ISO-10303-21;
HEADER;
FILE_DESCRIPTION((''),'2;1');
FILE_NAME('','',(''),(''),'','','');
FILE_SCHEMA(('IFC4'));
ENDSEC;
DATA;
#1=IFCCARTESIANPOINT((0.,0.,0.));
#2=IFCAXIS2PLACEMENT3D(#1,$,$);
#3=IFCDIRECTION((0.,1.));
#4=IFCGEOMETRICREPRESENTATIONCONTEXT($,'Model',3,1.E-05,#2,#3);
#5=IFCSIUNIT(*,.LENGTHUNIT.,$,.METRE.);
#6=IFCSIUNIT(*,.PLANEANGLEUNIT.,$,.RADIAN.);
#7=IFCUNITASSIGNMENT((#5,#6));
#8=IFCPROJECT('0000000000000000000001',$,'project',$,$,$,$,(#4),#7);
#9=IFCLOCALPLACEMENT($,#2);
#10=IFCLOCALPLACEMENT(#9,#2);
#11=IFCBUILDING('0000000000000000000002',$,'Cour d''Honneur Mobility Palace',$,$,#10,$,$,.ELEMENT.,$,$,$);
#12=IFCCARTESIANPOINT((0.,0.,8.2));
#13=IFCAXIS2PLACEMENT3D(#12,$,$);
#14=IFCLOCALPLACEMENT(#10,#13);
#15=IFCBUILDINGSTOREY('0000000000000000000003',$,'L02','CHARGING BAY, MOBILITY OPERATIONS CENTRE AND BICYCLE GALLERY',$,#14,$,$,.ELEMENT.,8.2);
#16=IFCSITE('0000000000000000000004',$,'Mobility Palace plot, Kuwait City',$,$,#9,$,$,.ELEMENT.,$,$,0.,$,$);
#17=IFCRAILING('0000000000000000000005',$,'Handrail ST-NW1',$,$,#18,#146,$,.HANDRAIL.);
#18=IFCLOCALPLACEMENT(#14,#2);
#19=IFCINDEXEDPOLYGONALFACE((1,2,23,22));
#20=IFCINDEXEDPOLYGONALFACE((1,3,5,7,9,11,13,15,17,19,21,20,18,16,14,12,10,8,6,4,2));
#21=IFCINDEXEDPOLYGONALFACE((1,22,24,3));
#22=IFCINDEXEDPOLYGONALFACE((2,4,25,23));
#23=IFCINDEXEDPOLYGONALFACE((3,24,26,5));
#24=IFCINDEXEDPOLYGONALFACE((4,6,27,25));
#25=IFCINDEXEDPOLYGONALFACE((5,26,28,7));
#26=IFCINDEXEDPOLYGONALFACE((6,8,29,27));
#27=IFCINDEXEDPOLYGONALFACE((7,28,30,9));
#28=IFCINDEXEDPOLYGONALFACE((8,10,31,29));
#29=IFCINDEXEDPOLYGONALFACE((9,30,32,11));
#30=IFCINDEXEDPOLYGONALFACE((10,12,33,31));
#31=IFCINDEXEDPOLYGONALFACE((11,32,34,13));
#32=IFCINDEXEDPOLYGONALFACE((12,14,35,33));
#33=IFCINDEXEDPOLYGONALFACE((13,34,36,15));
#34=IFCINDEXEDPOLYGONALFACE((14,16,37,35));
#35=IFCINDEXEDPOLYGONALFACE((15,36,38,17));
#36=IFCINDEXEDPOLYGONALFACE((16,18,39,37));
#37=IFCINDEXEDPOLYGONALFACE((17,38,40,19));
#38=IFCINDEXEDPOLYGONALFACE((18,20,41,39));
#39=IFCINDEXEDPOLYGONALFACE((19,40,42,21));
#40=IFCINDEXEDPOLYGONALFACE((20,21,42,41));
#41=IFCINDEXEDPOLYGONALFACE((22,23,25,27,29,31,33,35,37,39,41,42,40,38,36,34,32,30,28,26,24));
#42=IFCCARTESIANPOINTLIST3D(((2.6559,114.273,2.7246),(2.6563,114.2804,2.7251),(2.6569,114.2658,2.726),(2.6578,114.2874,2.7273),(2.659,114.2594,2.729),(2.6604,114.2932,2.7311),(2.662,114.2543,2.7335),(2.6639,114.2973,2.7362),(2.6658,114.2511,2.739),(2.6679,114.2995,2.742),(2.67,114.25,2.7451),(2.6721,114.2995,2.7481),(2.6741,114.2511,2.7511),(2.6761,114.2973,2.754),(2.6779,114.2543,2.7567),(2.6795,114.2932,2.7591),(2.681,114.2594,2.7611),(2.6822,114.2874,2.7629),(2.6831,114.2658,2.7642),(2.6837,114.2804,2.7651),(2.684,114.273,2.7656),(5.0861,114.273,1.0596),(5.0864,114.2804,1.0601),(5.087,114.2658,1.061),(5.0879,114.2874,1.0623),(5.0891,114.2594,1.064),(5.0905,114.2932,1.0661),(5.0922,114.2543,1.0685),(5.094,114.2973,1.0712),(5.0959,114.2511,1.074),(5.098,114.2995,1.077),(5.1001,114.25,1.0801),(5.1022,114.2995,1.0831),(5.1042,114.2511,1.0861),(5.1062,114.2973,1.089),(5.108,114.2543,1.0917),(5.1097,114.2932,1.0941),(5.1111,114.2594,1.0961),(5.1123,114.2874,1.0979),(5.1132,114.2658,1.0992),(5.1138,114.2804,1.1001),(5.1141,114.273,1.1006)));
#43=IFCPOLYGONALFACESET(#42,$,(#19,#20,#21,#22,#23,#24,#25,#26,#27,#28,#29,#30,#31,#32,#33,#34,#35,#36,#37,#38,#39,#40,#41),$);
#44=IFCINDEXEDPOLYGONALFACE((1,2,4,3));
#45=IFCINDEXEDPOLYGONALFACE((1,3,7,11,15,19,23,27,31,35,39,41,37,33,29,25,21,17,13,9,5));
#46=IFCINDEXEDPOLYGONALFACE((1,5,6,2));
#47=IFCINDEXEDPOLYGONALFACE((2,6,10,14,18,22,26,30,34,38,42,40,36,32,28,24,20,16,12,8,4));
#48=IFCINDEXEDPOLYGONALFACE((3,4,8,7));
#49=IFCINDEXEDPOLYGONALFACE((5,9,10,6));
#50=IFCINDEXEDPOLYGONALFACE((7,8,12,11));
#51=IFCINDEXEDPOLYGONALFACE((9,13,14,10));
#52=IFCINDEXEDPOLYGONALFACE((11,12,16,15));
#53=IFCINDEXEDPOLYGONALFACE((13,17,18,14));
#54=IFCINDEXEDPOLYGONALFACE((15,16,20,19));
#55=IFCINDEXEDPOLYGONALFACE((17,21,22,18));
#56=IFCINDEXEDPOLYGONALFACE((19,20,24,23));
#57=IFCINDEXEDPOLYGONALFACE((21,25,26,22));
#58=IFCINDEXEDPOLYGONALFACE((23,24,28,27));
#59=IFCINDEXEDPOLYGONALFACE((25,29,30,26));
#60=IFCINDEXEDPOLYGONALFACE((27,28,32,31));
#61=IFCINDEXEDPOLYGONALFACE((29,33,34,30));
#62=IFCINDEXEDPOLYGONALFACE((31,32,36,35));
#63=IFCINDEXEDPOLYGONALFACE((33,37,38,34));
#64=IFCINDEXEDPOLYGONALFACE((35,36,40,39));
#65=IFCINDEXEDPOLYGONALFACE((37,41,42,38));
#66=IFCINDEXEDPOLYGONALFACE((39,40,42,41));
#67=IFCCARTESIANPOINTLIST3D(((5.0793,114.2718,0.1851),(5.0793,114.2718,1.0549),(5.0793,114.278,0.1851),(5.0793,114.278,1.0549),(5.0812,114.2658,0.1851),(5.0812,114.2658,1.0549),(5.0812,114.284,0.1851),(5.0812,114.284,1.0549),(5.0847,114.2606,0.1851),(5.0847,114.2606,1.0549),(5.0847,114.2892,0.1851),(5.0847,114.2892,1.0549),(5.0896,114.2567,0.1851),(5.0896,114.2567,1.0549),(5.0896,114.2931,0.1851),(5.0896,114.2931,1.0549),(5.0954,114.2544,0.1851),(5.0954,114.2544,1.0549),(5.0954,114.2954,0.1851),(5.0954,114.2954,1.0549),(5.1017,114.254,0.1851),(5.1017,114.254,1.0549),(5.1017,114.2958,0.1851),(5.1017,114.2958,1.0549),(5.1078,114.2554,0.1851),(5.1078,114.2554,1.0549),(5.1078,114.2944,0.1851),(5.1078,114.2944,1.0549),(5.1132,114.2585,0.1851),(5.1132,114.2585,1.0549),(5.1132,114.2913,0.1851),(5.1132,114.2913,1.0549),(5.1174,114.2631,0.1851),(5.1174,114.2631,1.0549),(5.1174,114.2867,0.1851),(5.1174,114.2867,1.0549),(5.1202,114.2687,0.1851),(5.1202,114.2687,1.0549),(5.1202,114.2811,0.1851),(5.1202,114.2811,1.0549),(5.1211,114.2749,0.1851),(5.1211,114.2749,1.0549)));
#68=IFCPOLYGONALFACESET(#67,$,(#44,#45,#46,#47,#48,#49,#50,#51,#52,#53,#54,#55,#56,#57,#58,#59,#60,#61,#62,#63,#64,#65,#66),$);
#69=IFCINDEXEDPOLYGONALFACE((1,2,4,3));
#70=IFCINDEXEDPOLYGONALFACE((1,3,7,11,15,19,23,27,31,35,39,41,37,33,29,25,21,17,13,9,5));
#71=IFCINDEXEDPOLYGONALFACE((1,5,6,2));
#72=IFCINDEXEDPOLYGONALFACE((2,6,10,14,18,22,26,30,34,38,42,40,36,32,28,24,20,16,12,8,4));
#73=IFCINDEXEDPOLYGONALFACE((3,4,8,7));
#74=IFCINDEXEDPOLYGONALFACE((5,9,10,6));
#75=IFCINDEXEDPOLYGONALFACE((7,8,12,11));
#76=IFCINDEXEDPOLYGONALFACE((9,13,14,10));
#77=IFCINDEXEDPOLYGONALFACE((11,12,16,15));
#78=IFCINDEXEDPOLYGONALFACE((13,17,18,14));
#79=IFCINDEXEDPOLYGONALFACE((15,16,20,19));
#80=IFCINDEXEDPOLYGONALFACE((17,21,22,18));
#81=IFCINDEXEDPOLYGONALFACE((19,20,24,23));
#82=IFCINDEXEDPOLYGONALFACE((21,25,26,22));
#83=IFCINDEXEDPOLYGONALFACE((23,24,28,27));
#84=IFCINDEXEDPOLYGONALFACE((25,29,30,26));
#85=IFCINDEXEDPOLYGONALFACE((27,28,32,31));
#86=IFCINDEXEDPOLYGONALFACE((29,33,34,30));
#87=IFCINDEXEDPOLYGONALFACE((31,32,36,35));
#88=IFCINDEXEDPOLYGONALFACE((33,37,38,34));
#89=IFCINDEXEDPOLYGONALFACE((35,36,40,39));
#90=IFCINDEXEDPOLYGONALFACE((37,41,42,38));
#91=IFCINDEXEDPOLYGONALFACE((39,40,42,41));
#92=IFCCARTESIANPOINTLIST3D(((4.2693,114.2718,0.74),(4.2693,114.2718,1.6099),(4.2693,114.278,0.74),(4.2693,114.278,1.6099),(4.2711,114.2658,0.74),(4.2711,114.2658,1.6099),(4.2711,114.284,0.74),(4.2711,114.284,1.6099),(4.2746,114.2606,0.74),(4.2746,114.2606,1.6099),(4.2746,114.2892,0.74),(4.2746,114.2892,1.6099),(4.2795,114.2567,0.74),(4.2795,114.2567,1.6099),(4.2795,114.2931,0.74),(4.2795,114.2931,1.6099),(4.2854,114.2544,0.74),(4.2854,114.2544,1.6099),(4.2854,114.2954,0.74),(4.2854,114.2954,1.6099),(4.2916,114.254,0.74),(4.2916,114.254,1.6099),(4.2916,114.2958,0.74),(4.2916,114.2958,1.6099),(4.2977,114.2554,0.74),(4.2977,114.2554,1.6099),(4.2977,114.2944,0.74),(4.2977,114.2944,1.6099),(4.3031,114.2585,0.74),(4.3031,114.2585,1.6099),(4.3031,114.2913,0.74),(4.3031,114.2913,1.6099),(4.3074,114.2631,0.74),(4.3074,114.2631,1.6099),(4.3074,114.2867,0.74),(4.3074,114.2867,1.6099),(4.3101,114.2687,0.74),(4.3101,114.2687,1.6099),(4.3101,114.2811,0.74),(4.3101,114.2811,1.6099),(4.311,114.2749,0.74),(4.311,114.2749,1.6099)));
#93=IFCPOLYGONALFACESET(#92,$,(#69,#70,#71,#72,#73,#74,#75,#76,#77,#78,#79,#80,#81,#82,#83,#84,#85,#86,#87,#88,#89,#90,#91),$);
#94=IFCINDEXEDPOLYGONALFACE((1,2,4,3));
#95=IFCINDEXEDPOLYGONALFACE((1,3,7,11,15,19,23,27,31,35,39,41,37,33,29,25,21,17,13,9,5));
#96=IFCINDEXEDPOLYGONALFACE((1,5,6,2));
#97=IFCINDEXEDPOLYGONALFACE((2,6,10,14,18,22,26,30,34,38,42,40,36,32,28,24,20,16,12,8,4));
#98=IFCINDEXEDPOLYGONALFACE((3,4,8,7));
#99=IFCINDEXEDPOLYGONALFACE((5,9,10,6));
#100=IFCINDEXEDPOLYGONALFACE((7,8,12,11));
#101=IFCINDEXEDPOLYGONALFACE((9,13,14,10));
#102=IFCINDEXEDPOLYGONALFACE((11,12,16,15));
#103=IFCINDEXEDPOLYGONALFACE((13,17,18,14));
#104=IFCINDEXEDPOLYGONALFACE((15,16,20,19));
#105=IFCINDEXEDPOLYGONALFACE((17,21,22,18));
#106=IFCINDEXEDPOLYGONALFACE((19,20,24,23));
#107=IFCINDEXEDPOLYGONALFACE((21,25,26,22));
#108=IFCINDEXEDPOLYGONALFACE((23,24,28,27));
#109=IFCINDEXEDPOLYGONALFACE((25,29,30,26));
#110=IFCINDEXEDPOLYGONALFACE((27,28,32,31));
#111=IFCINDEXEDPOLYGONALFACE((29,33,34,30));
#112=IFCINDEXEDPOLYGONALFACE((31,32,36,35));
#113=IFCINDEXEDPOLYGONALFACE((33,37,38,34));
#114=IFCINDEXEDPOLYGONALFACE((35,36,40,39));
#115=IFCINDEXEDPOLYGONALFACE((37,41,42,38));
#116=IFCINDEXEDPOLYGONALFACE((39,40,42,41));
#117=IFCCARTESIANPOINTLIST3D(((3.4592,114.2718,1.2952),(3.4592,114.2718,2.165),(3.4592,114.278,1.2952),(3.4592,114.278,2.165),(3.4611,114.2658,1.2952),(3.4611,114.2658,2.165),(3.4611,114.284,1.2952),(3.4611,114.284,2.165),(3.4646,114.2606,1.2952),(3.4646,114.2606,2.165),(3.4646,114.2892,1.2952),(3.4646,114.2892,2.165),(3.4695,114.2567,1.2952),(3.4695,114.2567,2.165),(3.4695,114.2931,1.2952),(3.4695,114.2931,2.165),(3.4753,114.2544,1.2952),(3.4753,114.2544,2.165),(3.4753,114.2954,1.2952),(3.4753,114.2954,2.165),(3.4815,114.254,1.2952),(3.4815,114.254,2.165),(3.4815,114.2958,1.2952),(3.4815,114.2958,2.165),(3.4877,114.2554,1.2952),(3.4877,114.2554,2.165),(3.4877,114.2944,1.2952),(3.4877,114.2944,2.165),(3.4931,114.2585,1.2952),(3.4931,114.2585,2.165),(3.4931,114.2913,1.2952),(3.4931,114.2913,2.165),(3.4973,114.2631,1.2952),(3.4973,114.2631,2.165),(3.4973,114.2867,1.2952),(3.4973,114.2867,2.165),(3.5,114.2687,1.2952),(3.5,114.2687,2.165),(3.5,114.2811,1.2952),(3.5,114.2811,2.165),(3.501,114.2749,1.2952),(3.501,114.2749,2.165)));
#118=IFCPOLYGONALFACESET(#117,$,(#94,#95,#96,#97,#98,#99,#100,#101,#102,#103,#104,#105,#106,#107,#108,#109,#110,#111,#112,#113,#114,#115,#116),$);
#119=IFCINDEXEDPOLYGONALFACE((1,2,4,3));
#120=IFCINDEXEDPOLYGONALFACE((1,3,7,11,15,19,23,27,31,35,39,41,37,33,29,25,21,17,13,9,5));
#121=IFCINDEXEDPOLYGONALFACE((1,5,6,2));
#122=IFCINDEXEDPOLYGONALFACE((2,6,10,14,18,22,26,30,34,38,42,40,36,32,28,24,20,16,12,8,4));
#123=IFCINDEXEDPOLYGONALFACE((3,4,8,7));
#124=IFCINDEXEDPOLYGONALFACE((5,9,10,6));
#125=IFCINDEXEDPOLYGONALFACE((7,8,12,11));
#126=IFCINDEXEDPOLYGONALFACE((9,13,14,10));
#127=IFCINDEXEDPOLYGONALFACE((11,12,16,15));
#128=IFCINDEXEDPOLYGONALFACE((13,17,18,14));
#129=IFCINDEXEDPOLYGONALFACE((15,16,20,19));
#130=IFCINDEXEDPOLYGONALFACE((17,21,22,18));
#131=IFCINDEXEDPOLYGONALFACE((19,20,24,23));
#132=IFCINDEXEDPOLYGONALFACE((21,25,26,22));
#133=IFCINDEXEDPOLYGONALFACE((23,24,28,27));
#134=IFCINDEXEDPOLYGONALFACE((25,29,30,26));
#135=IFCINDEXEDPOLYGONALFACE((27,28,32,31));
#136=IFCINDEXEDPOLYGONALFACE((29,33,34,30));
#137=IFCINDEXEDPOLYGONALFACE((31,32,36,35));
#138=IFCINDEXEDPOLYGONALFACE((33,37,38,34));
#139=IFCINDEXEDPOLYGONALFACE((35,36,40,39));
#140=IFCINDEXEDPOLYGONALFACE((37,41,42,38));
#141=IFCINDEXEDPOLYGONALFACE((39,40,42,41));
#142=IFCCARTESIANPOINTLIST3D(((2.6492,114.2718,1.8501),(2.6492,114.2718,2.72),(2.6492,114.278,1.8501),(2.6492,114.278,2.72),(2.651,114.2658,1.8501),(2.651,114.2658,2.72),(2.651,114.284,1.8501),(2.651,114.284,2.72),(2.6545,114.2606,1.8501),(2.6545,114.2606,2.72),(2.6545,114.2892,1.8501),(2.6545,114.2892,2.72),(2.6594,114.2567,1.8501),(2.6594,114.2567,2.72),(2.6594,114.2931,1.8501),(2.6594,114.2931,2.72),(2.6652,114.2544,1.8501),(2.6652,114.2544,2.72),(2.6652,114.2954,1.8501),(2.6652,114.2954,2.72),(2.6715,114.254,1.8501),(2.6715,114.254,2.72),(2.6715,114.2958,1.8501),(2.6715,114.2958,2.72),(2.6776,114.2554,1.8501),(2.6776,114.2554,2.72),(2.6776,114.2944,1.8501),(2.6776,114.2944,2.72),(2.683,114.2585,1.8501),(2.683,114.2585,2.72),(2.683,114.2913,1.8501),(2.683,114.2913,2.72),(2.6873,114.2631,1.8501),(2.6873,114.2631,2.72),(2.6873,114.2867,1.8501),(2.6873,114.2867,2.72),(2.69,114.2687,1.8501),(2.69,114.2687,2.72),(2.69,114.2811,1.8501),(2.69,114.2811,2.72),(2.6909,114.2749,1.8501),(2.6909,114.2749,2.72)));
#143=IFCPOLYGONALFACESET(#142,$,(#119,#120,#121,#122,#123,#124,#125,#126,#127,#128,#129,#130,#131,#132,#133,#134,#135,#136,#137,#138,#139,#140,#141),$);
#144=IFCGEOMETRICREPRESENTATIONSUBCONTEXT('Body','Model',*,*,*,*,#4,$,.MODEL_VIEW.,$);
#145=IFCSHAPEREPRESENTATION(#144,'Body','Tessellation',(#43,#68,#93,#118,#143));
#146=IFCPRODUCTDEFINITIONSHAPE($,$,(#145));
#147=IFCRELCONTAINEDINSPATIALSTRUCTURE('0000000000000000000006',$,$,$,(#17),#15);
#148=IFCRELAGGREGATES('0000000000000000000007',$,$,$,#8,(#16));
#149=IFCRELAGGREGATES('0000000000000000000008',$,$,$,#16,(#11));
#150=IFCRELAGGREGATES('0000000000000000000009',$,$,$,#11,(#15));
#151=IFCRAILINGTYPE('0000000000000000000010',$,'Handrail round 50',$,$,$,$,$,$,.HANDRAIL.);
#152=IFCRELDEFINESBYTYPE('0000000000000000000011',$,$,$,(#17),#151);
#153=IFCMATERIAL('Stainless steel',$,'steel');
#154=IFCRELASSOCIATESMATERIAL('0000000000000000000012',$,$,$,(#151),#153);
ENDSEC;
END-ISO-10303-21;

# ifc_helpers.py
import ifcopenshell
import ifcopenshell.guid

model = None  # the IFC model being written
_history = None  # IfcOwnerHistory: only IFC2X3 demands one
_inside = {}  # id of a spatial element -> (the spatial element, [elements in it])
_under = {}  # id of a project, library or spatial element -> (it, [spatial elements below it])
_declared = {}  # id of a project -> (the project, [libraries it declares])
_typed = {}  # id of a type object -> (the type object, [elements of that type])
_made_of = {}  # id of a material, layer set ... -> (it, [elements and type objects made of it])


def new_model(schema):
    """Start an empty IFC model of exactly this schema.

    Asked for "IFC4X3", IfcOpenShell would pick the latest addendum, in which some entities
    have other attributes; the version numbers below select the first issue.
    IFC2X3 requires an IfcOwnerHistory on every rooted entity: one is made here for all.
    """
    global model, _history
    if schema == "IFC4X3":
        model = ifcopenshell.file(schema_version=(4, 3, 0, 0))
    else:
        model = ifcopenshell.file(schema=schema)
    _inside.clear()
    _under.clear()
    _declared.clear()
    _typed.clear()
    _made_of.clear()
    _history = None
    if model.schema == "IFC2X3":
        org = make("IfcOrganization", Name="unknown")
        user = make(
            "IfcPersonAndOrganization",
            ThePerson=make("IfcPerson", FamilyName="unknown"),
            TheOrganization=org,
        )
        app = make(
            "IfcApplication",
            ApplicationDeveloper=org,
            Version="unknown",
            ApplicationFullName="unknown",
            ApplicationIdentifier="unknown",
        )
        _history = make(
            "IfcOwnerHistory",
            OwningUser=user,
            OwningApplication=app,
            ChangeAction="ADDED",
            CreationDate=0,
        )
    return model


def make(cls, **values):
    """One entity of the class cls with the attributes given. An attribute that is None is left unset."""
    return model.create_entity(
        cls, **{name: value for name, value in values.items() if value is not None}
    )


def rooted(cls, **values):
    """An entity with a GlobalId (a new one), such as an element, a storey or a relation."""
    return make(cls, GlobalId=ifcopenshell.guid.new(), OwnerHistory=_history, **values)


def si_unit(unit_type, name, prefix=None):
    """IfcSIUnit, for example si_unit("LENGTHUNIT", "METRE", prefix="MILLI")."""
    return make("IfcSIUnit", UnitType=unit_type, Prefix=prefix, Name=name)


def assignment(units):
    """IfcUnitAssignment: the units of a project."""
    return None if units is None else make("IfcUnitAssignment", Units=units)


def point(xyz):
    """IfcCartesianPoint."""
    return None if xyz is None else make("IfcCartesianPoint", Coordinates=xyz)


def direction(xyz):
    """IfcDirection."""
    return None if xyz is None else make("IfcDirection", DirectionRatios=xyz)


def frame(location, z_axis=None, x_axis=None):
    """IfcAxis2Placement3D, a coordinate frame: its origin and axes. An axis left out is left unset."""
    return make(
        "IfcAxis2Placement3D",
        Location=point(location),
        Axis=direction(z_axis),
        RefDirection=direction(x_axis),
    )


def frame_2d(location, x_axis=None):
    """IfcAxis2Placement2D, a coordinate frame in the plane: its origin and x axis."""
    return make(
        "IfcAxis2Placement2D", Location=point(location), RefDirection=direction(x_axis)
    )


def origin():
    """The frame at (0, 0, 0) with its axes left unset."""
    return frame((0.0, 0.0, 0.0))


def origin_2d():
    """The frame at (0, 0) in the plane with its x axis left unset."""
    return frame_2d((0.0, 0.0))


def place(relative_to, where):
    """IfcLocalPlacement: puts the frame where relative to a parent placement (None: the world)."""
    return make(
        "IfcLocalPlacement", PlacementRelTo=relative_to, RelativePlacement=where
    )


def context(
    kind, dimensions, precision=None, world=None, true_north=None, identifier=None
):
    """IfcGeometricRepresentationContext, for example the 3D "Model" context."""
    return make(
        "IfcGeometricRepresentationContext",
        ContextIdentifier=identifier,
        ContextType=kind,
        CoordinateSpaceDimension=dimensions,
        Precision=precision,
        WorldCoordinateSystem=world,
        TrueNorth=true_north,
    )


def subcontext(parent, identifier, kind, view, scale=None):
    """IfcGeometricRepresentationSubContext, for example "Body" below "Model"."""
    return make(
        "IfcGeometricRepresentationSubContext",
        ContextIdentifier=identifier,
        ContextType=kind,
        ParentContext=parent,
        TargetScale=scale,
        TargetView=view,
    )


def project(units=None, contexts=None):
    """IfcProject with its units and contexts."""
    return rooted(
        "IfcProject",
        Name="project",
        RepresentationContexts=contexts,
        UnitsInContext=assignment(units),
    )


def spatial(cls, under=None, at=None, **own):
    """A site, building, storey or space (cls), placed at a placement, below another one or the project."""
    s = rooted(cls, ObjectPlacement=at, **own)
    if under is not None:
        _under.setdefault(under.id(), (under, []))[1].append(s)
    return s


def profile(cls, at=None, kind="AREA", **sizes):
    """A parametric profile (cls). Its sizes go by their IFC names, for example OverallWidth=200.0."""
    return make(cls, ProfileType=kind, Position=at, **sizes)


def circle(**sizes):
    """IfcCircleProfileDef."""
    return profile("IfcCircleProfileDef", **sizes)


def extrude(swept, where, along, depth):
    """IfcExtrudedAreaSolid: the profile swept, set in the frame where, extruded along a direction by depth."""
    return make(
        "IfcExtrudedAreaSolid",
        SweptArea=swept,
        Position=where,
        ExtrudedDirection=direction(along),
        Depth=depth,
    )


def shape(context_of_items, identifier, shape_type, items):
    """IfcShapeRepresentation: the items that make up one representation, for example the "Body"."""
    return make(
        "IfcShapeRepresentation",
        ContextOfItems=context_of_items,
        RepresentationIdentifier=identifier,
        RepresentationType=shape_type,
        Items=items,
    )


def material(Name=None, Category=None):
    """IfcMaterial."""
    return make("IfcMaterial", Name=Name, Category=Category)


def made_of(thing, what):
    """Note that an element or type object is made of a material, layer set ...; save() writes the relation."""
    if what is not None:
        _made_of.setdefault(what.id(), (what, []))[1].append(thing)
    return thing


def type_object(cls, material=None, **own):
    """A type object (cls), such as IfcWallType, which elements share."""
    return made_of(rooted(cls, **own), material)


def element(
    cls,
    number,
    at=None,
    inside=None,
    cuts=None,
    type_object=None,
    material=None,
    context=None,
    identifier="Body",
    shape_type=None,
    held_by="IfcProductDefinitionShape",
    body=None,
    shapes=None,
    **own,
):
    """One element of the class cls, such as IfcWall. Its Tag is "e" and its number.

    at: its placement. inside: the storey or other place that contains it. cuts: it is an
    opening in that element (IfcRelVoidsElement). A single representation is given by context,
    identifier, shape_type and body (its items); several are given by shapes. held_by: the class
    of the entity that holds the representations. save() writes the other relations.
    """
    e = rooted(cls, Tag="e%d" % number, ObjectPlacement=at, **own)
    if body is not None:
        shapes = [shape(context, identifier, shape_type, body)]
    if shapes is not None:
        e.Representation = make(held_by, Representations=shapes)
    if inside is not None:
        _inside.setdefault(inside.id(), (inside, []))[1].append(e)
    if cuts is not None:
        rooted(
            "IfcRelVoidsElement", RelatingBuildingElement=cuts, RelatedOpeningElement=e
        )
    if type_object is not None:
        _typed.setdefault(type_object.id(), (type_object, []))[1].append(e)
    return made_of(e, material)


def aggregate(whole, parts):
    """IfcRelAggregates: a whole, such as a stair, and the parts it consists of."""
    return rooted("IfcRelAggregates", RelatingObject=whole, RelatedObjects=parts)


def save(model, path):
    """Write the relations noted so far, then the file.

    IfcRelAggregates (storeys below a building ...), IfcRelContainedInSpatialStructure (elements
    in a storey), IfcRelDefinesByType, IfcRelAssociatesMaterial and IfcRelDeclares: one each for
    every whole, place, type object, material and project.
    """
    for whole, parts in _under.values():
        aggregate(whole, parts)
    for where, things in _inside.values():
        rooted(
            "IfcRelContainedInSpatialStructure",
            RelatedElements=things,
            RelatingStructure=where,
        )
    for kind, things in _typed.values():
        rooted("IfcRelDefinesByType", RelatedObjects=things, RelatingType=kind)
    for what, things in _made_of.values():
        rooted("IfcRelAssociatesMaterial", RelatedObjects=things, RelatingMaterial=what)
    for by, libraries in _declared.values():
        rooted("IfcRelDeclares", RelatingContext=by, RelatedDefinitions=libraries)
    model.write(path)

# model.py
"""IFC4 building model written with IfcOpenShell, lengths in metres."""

from ifc_helpers import new_model, si_unit, direction, frame, origin, origin_2d, place, context, subcontext, project, spatial, circle, extrude, material, type_object, element, save


model = new_model("IFC4")

# Units and contexts
model_context = context("Model", 3, precision=1e-05, world=origin(), true_north=direction((0.0, 1.0)))
body_context = subcontext(model_context, "Body", "Model", "MODEL_VIEW")
ifc_project = project(units=[si_unit("LENGTHUNIT", "METRE"), si_unit("PLANEANGLEUNIT", "RADIAN")], contexts=[model_context])

# Site, building, storey
site_placement = place(None, origin())
site = spatial("IfcSite", under=ifc_project, at=site_placement, Name="Mobility Palace plot, Kuwait City", CompositionType="ELEMENT", RefElevation=0.0)
building_placement = place(site_placement, origin())
building = spatial("IfcBuilding", under=site, at=building_placement, Name="Cour d'Honneur Mobility Palace", CompositionType="ELEMENT")
storey_placement = place(building_placement, frame((0.0, 0.0, 8.2)))
storey = spatial("IfcBuildingStorey", under=building, at=storey_placement, Name="L02", Description="CHARGING BAY, MOBILITY OPERATIONS CENTRE AND BICYCLE GALLERY", CompositionType="ELEMENT", Elevation=8.2)

# Railing
ifc_material_1 = material(Name="Stainless steel", Category="steel")
railing_type_1 = type_object("IfcRailingType", Name="Handrail round 50", PredefinedType="HANDRAIL", material=ifc_material_1)
for number, where, name in (
    (1, (5.1001, 114.2749, 0.1851), "Handrail ST-NW1"),
):
    element("IfcRailing", number, at=place(storey_placement, frame(where)), inside=storey, type_object=railing_type_1, Name=name, PredefinedType="HANDRAIL", context=body_context, shape_type="SweptSolid", body=[
        extrude(circle(Radius=0.0249, at=origin_2d()), frame((0.0, 0.0, 0.895), z_axis=(-0.824945, 0.0, 0.565213), x_axis=(0.0, -1.0, 0.0)), (0.0, 0.0, 1.0), 2.9458),
        extrude(circle(Radius=0.021, at=origin_2d()), origin(), (0.0, 0.0, 1.0), 0.8699),
        extrude(circle(Radius=0.021, at=origin_2d()), frame((-0.8101, 0.0, 0.5549)), (0.0, 0.0, 1.0), 0.8699),
        extrude(circle(Radius=0.021, at=origin_2d()), frame((-1.6201, 0.0, 1.1101)), (0.0, 0.0, 1.0), 0.8699),
        extrude(circle(Radius=0.021, at=origin_2d()), frame((-2.4302, 0.0, 1.665)), (0.0, 0.0, 1.0), 0.8699),
    ])

save(model, "model.ifc")
